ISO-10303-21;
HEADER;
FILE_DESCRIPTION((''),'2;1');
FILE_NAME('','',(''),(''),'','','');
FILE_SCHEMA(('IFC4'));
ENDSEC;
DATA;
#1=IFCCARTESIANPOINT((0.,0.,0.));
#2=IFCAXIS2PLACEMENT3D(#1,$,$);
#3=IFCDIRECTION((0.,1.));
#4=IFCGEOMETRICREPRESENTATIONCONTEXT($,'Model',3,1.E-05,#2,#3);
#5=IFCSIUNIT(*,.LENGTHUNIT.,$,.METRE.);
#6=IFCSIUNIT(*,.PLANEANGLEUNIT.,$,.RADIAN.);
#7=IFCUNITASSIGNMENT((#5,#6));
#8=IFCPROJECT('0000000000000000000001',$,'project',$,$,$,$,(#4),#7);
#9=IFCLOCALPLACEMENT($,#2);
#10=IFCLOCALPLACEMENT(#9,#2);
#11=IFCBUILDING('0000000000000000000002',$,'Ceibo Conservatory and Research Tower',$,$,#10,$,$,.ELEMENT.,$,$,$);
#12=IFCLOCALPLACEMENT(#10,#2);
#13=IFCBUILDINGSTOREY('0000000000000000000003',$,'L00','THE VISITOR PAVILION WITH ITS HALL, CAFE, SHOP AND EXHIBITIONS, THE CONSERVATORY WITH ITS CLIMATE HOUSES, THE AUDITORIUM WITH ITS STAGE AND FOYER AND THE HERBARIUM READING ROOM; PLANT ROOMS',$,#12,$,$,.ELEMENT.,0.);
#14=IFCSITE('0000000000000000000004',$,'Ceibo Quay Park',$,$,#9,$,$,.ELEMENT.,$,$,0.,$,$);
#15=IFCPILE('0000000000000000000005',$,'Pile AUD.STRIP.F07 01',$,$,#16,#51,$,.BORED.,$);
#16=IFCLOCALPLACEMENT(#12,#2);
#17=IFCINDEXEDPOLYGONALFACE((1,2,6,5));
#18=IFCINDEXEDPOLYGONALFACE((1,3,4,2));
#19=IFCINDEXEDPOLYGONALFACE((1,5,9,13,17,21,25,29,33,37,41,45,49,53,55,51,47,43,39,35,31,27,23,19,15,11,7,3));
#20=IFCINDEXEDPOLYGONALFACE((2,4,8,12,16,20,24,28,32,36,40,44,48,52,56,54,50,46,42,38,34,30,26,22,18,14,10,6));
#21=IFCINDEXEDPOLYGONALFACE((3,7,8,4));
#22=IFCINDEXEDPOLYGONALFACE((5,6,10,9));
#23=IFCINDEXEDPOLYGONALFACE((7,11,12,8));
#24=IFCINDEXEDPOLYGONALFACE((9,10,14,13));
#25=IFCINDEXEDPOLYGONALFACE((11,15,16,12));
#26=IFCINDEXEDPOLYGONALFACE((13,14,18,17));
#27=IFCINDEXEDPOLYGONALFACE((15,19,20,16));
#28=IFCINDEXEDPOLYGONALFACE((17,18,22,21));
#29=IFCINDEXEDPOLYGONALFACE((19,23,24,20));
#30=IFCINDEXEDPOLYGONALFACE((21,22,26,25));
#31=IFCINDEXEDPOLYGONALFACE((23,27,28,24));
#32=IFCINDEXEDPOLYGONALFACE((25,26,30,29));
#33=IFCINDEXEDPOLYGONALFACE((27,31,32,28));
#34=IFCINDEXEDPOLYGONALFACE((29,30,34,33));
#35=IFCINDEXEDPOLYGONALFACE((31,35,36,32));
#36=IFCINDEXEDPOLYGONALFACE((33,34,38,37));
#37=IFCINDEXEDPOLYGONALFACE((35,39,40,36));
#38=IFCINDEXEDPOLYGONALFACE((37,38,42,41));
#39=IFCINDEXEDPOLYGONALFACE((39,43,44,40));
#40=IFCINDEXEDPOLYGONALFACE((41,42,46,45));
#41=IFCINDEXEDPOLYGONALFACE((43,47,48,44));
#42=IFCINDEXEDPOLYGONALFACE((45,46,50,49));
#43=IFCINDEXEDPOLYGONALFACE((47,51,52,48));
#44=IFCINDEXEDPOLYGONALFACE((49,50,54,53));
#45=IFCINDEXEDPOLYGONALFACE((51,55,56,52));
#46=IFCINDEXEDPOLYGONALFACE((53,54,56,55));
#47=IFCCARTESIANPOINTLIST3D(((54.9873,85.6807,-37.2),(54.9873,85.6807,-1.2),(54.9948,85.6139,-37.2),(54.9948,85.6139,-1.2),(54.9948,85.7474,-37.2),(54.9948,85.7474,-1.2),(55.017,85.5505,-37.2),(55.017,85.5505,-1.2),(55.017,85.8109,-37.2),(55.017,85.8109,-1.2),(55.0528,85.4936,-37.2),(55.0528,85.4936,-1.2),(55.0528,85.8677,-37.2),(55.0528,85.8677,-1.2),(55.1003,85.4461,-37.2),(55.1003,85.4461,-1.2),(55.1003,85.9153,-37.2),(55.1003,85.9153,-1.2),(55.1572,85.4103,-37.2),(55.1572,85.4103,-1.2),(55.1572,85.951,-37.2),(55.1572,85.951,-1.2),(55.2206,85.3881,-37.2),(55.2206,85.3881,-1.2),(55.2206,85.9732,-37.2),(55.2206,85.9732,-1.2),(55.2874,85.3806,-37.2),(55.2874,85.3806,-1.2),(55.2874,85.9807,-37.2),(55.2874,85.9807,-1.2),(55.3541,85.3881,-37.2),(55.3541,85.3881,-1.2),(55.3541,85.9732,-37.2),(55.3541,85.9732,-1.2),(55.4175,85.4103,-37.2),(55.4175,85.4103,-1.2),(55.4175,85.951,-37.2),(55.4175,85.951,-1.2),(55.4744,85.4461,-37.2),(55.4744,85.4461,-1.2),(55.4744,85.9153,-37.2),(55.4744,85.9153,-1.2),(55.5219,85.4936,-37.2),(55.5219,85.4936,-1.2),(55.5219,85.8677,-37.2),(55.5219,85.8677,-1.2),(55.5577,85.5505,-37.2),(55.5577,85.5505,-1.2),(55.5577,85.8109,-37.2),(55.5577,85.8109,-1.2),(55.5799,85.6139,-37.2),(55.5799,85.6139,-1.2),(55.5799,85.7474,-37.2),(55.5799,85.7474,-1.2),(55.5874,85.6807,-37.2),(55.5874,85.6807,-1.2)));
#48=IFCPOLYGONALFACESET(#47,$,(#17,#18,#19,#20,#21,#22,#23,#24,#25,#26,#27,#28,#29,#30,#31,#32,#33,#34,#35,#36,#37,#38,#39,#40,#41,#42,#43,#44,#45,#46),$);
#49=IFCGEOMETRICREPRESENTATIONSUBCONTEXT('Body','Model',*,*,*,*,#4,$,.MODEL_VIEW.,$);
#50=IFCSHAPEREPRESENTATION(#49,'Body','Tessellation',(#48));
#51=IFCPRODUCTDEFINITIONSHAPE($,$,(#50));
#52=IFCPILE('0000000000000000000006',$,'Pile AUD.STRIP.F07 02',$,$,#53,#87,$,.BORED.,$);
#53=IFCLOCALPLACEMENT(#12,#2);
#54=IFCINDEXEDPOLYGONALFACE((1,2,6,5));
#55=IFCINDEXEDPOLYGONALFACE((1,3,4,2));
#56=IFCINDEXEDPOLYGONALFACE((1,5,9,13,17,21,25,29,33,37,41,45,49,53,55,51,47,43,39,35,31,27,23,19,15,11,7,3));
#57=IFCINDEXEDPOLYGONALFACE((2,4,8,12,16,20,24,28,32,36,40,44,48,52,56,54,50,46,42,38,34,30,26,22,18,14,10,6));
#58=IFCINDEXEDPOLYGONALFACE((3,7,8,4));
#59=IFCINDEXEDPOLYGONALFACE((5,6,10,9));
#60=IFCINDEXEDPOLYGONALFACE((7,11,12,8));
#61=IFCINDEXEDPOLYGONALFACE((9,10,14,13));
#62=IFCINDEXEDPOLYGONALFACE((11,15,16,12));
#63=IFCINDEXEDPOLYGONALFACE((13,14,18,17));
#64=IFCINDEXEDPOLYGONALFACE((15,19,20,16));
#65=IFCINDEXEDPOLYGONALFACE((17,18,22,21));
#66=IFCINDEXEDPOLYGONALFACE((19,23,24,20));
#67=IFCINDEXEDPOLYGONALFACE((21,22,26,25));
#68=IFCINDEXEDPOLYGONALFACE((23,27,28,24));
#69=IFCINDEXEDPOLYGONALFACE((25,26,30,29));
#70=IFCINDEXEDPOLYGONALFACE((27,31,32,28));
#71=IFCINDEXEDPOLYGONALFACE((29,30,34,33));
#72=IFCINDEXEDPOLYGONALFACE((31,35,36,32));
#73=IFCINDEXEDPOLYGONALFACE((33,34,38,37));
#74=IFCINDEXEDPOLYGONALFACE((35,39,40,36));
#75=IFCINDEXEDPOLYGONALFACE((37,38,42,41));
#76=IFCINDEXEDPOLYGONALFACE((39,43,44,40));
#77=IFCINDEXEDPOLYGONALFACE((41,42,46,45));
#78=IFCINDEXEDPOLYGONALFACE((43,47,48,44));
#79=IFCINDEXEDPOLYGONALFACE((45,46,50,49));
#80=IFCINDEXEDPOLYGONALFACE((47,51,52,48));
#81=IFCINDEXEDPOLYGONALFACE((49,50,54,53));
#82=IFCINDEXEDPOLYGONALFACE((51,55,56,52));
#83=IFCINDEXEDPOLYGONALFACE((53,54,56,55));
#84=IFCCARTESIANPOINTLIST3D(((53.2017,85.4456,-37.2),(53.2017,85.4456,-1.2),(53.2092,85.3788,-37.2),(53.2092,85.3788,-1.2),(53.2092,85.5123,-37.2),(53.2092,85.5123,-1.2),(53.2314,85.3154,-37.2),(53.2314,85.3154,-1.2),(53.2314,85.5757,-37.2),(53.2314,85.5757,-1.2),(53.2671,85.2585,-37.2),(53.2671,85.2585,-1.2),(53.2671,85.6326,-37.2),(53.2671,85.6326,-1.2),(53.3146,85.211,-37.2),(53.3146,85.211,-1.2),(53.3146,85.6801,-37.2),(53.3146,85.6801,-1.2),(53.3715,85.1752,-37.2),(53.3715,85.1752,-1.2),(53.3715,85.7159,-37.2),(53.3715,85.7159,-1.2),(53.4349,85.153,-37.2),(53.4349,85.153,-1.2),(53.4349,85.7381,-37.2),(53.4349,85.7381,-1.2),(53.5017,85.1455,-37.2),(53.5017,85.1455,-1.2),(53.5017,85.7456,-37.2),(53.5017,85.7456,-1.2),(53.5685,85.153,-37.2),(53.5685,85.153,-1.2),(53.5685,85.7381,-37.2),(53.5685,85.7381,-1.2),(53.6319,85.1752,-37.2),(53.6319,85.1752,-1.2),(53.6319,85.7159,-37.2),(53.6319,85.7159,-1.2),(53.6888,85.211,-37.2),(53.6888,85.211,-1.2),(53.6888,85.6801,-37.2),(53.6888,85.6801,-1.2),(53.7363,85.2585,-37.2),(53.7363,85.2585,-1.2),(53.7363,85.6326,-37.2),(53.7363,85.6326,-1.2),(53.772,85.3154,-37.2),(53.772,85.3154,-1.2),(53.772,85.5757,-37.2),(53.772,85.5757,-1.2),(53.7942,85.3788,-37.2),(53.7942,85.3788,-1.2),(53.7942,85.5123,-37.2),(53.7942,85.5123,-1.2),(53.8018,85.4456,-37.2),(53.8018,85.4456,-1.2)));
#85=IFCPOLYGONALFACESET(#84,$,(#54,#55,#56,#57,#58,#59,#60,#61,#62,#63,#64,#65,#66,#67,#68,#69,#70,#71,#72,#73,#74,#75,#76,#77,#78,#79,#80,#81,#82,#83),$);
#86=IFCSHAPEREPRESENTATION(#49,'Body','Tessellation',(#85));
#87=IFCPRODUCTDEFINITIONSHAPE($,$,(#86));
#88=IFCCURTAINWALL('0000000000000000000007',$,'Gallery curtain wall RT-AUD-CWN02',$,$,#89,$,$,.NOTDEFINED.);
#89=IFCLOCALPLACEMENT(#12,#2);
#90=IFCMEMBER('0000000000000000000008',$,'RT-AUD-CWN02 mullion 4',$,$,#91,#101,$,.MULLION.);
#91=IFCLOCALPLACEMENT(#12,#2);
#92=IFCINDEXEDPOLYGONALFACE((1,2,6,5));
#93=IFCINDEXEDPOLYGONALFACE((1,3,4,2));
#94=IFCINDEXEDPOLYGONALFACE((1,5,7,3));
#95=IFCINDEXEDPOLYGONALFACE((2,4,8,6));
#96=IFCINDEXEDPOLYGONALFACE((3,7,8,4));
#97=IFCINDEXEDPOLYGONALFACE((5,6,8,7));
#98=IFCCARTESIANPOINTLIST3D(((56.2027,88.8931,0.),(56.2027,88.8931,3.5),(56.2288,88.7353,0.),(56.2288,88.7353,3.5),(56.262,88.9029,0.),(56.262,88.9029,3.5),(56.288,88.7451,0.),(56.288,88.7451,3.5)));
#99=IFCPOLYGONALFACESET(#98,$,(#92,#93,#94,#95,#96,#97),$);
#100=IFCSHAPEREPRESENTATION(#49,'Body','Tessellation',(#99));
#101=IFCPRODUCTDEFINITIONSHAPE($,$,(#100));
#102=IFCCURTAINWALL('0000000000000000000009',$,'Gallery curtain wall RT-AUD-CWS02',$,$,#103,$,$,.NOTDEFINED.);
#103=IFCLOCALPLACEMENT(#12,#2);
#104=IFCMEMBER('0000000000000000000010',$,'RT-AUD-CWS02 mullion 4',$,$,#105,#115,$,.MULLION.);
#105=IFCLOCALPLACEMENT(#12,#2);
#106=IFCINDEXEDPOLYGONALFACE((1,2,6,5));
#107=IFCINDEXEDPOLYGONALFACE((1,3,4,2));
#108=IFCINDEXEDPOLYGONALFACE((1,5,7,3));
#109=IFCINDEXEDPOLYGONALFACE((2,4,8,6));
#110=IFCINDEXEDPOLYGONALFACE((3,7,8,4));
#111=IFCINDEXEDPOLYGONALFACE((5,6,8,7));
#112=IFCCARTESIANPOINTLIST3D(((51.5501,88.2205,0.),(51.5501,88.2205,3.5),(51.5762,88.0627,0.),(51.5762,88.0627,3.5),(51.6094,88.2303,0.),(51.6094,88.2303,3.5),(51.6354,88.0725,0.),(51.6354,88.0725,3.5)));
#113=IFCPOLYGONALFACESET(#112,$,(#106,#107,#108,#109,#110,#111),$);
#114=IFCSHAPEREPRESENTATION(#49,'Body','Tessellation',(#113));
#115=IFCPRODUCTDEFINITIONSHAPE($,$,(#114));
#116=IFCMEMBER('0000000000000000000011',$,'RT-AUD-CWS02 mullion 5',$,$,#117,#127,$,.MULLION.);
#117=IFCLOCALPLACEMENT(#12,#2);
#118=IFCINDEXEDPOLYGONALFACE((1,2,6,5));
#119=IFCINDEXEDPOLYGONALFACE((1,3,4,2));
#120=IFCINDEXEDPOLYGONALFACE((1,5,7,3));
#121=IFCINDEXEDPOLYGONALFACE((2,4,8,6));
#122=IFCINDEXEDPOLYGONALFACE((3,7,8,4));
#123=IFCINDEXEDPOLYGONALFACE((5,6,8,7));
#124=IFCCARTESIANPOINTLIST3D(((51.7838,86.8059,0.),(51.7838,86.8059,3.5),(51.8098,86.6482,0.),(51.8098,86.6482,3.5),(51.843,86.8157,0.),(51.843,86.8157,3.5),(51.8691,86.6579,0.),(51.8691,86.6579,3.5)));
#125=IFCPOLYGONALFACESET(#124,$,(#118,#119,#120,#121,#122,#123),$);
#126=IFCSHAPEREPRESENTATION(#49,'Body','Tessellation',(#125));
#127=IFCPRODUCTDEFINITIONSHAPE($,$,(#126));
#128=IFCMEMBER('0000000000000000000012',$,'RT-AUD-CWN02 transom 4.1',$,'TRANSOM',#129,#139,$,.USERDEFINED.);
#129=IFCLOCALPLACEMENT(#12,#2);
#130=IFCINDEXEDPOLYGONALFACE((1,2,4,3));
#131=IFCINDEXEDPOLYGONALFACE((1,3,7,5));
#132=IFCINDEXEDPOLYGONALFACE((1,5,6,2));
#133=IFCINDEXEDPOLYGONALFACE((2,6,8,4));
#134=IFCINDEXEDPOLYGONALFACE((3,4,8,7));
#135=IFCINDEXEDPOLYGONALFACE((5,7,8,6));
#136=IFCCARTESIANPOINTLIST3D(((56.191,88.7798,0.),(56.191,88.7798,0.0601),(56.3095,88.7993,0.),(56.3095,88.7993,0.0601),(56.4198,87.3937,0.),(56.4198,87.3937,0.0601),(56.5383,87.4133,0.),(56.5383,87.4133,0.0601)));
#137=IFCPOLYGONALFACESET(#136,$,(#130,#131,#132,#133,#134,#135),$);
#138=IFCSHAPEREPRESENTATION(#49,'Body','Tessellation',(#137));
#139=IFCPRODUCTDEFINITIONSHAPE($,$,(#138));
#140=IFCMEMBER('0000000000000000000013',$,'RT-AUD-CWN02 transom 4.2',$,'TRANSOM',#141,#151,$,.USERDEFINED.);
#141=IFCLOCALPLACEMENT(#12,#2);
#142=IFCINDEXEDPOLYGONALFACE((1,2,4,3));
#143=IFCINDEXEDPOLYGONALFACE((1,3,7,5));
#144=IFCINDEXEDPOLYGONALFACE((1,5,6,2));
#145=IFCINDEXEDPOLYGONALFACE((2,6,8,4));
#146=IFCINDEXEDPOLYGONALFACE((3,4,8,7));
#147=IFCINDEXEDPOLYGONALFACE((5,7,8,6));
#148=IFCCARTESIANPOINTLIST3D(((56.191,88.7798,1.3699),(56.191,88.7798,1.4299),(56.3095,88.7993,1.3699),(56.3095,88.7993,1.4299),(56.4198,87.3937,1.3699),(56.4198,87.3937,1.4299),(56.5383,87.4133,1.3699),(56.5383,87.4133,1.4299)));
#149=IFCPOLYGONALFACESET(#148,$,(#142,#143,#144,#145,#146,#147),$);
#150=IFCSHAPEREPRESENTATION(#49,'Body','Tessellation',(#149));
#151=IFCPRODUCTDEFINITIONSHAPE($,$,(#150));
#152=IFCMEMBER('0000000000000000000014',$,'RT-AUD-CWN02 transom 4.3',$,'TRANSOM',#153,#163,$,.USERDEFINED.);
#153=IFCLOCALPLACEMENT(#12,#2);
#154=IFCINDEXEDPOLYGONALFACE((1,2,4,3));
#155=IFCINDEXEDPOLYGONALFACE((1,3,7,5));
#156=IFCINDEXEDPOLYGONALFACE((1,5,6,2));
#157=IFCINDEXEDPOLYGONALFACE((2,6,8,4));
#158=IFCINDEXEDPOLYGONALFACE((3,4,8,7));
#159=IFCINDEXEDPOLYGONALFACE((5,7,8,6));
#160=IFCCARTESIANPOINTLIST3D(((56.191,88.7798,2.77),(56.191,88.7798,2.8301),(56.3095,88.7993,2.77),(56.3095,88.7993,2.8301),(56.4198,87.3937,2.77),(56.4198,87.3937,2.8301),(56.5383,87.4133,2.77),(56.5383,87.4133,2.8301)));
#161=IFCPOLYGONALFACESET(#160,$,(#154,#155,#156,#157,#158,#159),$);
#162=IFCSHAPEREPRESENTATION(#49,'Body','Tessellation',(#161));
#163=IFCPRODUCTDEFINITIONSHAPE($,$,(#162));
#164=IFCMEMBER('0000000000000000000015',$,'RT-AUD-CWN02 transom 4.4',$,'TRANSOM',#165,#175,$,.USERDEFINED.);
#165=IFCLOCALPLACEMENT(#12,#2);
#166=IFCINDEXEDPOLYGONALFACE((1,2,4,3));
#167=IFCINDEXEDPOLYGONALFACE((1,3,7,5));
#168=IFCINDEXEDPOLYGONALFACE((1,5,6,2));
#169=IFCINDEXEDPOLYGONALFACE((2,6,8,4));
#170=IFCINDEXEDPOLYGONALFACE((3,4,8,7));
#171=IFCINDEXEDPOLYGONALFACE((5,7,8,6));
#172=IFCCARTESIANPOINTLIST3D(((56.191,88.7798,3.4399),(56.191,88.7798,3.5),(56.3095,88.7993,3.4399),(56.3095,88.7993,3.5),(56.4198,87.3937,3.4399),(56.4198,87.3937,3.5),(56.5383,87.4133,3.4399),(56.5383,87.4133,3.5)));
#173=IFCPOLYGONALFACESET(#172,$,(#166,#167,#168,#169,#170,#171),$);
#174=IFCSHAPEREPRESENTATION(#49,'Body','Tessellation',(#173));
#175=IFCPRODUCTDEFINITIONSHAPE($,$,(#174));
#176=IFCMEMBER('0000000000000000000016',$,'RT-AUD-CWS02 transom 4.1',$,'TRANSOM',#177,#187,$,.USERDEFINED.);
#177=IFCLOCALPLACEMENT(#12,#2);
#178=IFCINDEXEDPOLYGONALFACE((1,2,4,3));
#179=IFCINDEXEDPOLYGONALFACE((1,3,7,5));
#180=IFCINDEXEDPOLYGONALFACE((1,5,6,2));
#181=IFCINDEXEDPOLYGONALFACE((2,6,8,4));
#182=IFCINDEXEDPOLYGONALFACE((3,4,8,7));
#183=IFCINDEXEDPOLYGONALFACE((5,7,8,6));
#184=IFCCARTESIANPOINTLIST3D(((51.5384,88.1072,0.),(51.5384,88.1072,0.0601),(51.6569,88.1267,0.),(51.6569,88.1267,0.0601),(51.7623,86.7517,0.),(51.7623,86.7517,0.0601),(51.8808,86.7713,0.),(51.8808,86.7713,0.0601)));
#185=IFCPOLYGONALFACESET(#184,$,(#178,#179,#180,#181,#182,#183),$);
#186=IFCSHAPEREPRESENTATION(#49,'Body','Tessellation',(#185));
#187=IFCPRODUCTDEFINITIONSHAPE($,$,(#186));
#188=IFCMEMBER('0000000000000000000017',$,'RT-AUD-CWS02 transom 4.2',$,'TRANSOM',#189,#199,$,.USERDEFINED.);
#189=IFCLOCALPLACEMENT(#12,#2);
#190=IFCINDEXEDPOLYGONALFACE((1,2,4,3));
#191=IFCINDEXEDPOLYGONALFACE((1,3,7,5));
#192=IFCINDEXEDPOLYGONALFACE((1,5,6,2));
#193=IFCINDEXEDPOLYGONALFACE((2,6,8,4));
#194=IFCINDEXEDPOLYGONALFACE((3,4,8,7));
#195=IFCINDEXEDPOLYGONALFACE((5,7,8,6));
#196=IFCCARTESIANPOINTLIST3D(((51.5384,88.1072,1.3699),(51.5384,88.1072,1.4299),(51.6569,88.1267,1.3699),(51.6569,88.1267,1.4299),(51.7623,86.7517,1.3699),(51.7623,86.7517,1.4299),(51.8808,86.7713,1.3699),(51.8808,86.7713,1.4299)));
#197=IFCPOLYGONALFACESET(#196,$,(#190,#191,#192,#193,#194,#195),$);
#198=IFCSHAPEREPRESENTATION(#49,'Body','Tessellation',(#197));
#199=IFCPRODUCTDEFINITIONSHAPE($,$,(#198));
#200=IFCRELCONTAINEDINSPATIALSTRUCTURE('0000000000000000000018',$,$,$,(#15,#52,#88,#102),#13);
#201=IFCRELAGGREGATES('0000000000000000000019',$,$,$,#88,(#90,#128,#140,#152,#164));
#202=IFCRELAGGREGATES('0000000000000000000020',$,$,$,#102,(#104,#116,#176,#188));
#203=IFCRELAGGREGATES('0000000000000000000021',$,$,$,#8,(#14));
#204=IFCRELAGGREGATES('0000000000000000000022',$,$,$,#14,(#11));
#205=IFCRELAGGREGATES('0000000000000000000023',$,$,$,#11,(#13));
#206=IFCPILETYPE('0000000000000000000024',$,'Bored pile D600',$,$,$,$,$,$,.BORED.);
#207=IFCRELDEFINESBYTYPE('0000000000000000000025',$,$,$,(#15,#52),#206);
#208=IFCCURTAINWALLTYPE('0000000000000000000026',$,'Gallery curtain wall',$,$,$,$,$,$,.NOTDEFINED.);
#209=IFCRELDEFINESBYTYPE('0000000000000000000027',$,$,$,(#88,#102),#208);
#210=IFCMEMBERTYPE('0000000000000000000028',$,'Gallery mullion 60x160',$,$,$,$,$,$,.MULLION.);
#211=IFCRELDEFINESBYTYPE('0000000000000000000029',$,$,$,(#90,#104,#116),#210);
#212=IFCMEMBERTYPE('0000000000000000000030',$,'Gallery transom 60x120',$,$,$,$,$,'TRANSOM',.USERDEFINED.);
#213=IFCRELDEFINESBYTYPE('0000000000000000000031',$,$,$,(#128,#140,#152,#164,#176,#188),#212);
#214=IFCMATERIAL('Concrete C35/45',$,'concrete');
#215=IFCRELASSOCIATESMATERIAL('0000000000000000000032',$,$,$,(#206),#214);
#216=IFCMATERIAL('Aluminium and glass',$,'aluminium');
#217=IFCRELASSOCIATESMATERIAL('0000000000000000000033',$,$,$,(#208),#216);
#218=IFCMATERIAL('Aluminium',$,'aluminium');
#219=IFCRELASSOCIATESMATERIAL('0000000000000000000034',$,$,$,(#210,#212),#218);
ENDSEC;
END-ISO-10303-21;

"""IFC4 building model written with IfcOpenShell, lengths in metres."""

from ifc_helpers import new_model, si_unit, direction, frame, origin, origin_2d, place, context, subcontext, project, spatial, rectangle, circle, extrude, material, material_profile, profile_set, type_object, element, aggregate, save


model = new_model("IFC4")

# Units and contexts
model_context = context("Model", 3, precision=1e-05, world=origin(), true_north=direction((0.0, 1.0)))
body_context = subcontext(model_context, "Body", "Model", "MODEL_VIEW")
ifc_project = project(units=[si_unit("LENGTHUNIT", "METRE"), si_unit("PLANEANGLEUNIT", "RADIAN")], contexts=[model_context])

# Site, building, storey
site_placement = place(None, origin())
site = spatial("IfcSite", under=ifc_project, at=site_placement, Name="Ceibo Quay Park", CompositionType="ELEMENT", RefElevation=0.0)
building_placement = place(site_placement, origin())
building = spatial("IfcBuilding", under=site, at=building_placement, Name="Ceibo Conservatory and Research Tower", CompositionType="ELEMENT")
storey_placement = place(building_placement, origin())
storey = spatial("IfcBuildingStorey", under=building, at=storey_placement, Name="L00", Description="THE VISITOR PAVILION WITH ITS HALL, CAFE, SHOP AND EXHIBITIONS, THE CONSERVATORY WITH ITS CLIMATE HOUSES, THE AUDITORIUM WITH ITS STAGE AND FOYER AND THE HERBARIUM READING ROOM; PLANT ROOMS", CompositionType="ELEMENT", Elevation=0.0)

# Piles
ifc_material_1 = material(Name="Concrete C35/45", Category="concrete")
ifc_material_profile_1 = material_profile(ifc_material_1, circle(Radius=0.3, at=origin_2d()), Name="RC D600")
ifc_profile_set_1 = profile_set([ifc_material_profile_1], Name="Concrete C35/45")
pile_type = type_object("IfcPileType", Name="Bored pile D600", PredefinedType="BORED", material=ifc_profile_set_1)
for number, where, z_axis, x_axis, name in (
    (1, (55.2874, 85.6807, -1.2), (0.0, 0.0, -1.0), (1.0, 0.0, 0.0), "Pile AUD.STRIP.F07 01"),
    (2, (53.5017, 85.4456, -1.2), (0.0, 0.0, -1.0), (1.0, 0.0, 0.0), "Pile AUD.STRIP.F07 02"),
):
    element("IfcPile", number, at=place(storey_placement, frame(where, z_axis=z_axis, x_axis=x_axis)), inside=storey, type_object=pile_type, Name=name, PredefinedType="BORED", context=body_context, shape_type="SweptSolid", body=[
        extrude(circle(Radius=0.3, at=origin_2d()), origin(), (0.0, 0.0, 1.0), 36.0),
    ])

# Curtain wall, member
ifc_material_2 = material(Name="Aluminium and glass", Category="aluminium")
curtain_wall_type = type_object("IfcCurtainWallType", Name="Gallery curtain wall", PredefinedType="NOTDEFINED", material=ifc_material_2)
curtain_wall_1_placement = place(storey_placement, origin())
curtain_wall_1 = element("IfcCurtainWall", 3, at=curtain_wall_1_placement, inside=storey, type_object=curtain_wall_type, Name="Gallery curtain wall RT-AUD-CWN02", PredefinedType="NOTDEFINED")
ifc_material_3 = material(Name="Aluminium", Category="aluminium")
ifc_material_profile_2 = material_profile(ifc_material_3, rectangle(XDim=0.0601, YDim=0.1599, at=origin_2d()), Name="AL 60x160")
ifc_profile_set_2 = profile_set([ifc_material_profile_2], Name="Aluminium")
member_type_1 = type_object("IfcMemberType", Name="Gallery mullion 60x160", PredefinedType="MULLION", material=ifc_profile_set_2)
member_1_placement = place(storey_placement, frame((56.2454, 88.8191, 0.0), z_axis=(0.0, 0.0, 1.0), x_axis=(0.986643, 0.162895, 0.0)))
member_1 = element("IfcMember", 4, at=member_1_placement, type_object=member_type_1, Name="RT-AUD-CWN02 mullion 4", PredefinedType="MULLION", context=body_context, shape_type="SweptSolid", body=[
    extrude(rectangle(XDim=0.0601, YDim=0.1599, at=origin_2d()), origin(), (0.0, 0.0, 1.0), 3.5),
])

# Curtain wall, members
curtain_wall_2_placement = place(storey_placement, origin())
curtain_wall_2 = element("IfcCurtainWall", 5, at=curtain_wall_2_placement, inside=storey, type_object=curtain_wall_type, Name="Gallery curtain wall RT-AUD-CWS02", PredefinedType="NOTDEFINED")
member_2_placement = place(storey_placement, frame((51.5928, 88.1465, 0.0), z_axis=(0.0, 0.0, 1.0), x_axis=(0.986643, 0.162895, 0.0)))
member_2 = element("IfcMember", 6, at=member_2_placement, type_object=member_type_1, Name="RT-AUD-CWS02 mullion 4", PredefinedType="MULLION", context=body_context, shape_type="SweptSolid", body=[
    extrude(rectangle(XDim=0.0601, YDim=0.1599, at=origin_2d()), origin(), (0.0, 0.0, 1.0), 3.5),
])
member_3_placement = place(storey_placement, frame((51.8264, 86.7319, 0.0), z_axis=(0.0, 0.0, 1.0), x_axis=(0.986643, 0.162895, 0.0)))
member_3 = element("IfcMember", 7, at=member_3_placement, type_object=member_type_1, Name="RT-AUD-CWS02 mullion 5", PredefinedType="MULLION", context=body_context, shape_type="SweptSolid", body=[
    extrude(rectangle(XDim=0.0601, YDim=0.1599, at=origin_2d()), origin(), (0.0, 0.0, 1.0), 3.5),
])

# Members
ifc_material_profile_3 = material_profile(ifc_material_3, rectangle(XDim=0.1201, YDim=0.0601, at=origin_2d()), Name="AL 60x120")
ifc_profile_set_3 = profile_set([ifc_material_profile_3], Name="Aluminium")
member_type_2 = type_object("IfcMemberType", Name="Gallery transom 60x120", ElementType="TRANSOM", PredefinedType="USERDEFINED", material=ifc_profile_set_3)
member_4_placement = place(storey_placement, frame((56.2502, 88.7896, 0.03), z_axis=(0.162849, -0.986651, 0.0), x_axis=(0.986651, 0.162849, 0.0)))
member_4 = element("IfcMember", 8, at=member_4_placement, type_object=member_type_2, Name="RT-AUD-CWN02 transom 4.1", ObjectType="TRANSOM", PredefinedType="USERDEFINED", context=body_context, shape_type="SweptSolid", body=[
    extrude(rectangle(XDim=0.1201, YDim=0.0601, at=origin_2d()), origin(), (0.0, 0.0, 1.0), 1.4048),
])
member_5_placement = place(storey_placement, frame((56.2502, 88.7896, 1.3999), z_axis=(0.162849, -0.986651, 0.0), x_axis=(0.986651, 0.162849, 0.0)))
member_5 = element("IfcMember", 9, at=member_5_placement, type_object=member_type_2, Name="RT-AUD-CWN02 transom 4.2", ObjectType="TRANSOM", PredefinedType="USERDEFINED", context=body_context, shape_type="SweptSolid", body=[
    extrude(rectangle(XDim=0.1201, YDim=0.0601, at=origin_2d()), origin(), (0.0, 0.0, 1.0), 1.4048),
])
member_6_placement = place(storey_placement, frame((56.2502, 88.7896, 2.8), z_axis=(0.162849, -0.986651, 0.0), x_axis=(0.986651, 0.162849, 0.0)))
member_6 = element("IfcMember", 10, at=member_6_placement, type_object=member_type_2, Name="RT-AUD-CWN02 transom 4.3", ObjectType="TRANSOM", PredefinedType="USERDEFINED", context=body_context, shape_type="SweptSolid", body=[
    extrude(rectangle(XDim=0.1201, YDim=0.0601, at=origin_2d()), origin(), (0.0, 0.0, 1.0), 1.4048),
])
member_7_placement = place(storey_placement, frame((56.2502, 88.7896, 3.47), z_axis=(0.162849, -0.986651, 0.0), x_axis=(0.986651, 0.162849, 0.0)))
member_7 = element("IfcMember", 11, at=member_7_placement, type_object=member_type_2, Name="RT-AUD-CWN02 transom 4.4", ObjectType="TRANSOM", PredefinedType="USERDEFINED", context=body_context, shape_type="SweptSolid", body=[
    extrude(rectangle(XDim=0.1201, YDim=0.0601, at=origin_2d()), origin(), (0.0, 0.0, 1.0), 1.4048),
])
aggregate(curtain_wall_1, [member_1, member_4, member_5, member_6, member_7])
member_8_placement = place(storey_placement, frame((51.5977, 88.1169, 0.03), z_axis=(0.162958, -0.986633, 0.0), x_axis=(0.986633, 0.162958, 0.0)))
member_8 = element("IfcMember", 12, at=member_8_placement, type_object=member_type_2, Name="RT-AUD-CWS02 transom 4.1", ObjectType="TRANSOM", PredefinedType="USERDEFINED", context=body_context, shape_type="SweptSolid", body=[
    extrude(rectangle(XDim=0.1201, YDim=0.0601, at=origin_2d()), origin(), (0.0, 0.0, 1.0), 1.3738),
])
member_9_placement = place(storey_placement, frame((51.5977, 88.1169, 1.3999), z_axis=(0.162958, -0.986633, 0.0), x_axis=(0.986633, 0.162958, 0.0)))
member_9 = element("IfcMember", 13, at=member_9_placement, type_object=member_type_2, Name="RT-AUD-CWS02 transom 4.2", ObjectType="TRANSOM", PredefinedType="USERDEFINED", context=body_context, shape_type="SweptSolid", body=[
    extrude(rectangle(XDim=0.1201, YDim=0.0601, at=origin_2d()), origin(), (0.0, 0.0, 1.0), 1.3738),
])

aggregate(curtain_wall_2, [member_2, member_3, member_8, member_9])

save(model, "model.ifc")
